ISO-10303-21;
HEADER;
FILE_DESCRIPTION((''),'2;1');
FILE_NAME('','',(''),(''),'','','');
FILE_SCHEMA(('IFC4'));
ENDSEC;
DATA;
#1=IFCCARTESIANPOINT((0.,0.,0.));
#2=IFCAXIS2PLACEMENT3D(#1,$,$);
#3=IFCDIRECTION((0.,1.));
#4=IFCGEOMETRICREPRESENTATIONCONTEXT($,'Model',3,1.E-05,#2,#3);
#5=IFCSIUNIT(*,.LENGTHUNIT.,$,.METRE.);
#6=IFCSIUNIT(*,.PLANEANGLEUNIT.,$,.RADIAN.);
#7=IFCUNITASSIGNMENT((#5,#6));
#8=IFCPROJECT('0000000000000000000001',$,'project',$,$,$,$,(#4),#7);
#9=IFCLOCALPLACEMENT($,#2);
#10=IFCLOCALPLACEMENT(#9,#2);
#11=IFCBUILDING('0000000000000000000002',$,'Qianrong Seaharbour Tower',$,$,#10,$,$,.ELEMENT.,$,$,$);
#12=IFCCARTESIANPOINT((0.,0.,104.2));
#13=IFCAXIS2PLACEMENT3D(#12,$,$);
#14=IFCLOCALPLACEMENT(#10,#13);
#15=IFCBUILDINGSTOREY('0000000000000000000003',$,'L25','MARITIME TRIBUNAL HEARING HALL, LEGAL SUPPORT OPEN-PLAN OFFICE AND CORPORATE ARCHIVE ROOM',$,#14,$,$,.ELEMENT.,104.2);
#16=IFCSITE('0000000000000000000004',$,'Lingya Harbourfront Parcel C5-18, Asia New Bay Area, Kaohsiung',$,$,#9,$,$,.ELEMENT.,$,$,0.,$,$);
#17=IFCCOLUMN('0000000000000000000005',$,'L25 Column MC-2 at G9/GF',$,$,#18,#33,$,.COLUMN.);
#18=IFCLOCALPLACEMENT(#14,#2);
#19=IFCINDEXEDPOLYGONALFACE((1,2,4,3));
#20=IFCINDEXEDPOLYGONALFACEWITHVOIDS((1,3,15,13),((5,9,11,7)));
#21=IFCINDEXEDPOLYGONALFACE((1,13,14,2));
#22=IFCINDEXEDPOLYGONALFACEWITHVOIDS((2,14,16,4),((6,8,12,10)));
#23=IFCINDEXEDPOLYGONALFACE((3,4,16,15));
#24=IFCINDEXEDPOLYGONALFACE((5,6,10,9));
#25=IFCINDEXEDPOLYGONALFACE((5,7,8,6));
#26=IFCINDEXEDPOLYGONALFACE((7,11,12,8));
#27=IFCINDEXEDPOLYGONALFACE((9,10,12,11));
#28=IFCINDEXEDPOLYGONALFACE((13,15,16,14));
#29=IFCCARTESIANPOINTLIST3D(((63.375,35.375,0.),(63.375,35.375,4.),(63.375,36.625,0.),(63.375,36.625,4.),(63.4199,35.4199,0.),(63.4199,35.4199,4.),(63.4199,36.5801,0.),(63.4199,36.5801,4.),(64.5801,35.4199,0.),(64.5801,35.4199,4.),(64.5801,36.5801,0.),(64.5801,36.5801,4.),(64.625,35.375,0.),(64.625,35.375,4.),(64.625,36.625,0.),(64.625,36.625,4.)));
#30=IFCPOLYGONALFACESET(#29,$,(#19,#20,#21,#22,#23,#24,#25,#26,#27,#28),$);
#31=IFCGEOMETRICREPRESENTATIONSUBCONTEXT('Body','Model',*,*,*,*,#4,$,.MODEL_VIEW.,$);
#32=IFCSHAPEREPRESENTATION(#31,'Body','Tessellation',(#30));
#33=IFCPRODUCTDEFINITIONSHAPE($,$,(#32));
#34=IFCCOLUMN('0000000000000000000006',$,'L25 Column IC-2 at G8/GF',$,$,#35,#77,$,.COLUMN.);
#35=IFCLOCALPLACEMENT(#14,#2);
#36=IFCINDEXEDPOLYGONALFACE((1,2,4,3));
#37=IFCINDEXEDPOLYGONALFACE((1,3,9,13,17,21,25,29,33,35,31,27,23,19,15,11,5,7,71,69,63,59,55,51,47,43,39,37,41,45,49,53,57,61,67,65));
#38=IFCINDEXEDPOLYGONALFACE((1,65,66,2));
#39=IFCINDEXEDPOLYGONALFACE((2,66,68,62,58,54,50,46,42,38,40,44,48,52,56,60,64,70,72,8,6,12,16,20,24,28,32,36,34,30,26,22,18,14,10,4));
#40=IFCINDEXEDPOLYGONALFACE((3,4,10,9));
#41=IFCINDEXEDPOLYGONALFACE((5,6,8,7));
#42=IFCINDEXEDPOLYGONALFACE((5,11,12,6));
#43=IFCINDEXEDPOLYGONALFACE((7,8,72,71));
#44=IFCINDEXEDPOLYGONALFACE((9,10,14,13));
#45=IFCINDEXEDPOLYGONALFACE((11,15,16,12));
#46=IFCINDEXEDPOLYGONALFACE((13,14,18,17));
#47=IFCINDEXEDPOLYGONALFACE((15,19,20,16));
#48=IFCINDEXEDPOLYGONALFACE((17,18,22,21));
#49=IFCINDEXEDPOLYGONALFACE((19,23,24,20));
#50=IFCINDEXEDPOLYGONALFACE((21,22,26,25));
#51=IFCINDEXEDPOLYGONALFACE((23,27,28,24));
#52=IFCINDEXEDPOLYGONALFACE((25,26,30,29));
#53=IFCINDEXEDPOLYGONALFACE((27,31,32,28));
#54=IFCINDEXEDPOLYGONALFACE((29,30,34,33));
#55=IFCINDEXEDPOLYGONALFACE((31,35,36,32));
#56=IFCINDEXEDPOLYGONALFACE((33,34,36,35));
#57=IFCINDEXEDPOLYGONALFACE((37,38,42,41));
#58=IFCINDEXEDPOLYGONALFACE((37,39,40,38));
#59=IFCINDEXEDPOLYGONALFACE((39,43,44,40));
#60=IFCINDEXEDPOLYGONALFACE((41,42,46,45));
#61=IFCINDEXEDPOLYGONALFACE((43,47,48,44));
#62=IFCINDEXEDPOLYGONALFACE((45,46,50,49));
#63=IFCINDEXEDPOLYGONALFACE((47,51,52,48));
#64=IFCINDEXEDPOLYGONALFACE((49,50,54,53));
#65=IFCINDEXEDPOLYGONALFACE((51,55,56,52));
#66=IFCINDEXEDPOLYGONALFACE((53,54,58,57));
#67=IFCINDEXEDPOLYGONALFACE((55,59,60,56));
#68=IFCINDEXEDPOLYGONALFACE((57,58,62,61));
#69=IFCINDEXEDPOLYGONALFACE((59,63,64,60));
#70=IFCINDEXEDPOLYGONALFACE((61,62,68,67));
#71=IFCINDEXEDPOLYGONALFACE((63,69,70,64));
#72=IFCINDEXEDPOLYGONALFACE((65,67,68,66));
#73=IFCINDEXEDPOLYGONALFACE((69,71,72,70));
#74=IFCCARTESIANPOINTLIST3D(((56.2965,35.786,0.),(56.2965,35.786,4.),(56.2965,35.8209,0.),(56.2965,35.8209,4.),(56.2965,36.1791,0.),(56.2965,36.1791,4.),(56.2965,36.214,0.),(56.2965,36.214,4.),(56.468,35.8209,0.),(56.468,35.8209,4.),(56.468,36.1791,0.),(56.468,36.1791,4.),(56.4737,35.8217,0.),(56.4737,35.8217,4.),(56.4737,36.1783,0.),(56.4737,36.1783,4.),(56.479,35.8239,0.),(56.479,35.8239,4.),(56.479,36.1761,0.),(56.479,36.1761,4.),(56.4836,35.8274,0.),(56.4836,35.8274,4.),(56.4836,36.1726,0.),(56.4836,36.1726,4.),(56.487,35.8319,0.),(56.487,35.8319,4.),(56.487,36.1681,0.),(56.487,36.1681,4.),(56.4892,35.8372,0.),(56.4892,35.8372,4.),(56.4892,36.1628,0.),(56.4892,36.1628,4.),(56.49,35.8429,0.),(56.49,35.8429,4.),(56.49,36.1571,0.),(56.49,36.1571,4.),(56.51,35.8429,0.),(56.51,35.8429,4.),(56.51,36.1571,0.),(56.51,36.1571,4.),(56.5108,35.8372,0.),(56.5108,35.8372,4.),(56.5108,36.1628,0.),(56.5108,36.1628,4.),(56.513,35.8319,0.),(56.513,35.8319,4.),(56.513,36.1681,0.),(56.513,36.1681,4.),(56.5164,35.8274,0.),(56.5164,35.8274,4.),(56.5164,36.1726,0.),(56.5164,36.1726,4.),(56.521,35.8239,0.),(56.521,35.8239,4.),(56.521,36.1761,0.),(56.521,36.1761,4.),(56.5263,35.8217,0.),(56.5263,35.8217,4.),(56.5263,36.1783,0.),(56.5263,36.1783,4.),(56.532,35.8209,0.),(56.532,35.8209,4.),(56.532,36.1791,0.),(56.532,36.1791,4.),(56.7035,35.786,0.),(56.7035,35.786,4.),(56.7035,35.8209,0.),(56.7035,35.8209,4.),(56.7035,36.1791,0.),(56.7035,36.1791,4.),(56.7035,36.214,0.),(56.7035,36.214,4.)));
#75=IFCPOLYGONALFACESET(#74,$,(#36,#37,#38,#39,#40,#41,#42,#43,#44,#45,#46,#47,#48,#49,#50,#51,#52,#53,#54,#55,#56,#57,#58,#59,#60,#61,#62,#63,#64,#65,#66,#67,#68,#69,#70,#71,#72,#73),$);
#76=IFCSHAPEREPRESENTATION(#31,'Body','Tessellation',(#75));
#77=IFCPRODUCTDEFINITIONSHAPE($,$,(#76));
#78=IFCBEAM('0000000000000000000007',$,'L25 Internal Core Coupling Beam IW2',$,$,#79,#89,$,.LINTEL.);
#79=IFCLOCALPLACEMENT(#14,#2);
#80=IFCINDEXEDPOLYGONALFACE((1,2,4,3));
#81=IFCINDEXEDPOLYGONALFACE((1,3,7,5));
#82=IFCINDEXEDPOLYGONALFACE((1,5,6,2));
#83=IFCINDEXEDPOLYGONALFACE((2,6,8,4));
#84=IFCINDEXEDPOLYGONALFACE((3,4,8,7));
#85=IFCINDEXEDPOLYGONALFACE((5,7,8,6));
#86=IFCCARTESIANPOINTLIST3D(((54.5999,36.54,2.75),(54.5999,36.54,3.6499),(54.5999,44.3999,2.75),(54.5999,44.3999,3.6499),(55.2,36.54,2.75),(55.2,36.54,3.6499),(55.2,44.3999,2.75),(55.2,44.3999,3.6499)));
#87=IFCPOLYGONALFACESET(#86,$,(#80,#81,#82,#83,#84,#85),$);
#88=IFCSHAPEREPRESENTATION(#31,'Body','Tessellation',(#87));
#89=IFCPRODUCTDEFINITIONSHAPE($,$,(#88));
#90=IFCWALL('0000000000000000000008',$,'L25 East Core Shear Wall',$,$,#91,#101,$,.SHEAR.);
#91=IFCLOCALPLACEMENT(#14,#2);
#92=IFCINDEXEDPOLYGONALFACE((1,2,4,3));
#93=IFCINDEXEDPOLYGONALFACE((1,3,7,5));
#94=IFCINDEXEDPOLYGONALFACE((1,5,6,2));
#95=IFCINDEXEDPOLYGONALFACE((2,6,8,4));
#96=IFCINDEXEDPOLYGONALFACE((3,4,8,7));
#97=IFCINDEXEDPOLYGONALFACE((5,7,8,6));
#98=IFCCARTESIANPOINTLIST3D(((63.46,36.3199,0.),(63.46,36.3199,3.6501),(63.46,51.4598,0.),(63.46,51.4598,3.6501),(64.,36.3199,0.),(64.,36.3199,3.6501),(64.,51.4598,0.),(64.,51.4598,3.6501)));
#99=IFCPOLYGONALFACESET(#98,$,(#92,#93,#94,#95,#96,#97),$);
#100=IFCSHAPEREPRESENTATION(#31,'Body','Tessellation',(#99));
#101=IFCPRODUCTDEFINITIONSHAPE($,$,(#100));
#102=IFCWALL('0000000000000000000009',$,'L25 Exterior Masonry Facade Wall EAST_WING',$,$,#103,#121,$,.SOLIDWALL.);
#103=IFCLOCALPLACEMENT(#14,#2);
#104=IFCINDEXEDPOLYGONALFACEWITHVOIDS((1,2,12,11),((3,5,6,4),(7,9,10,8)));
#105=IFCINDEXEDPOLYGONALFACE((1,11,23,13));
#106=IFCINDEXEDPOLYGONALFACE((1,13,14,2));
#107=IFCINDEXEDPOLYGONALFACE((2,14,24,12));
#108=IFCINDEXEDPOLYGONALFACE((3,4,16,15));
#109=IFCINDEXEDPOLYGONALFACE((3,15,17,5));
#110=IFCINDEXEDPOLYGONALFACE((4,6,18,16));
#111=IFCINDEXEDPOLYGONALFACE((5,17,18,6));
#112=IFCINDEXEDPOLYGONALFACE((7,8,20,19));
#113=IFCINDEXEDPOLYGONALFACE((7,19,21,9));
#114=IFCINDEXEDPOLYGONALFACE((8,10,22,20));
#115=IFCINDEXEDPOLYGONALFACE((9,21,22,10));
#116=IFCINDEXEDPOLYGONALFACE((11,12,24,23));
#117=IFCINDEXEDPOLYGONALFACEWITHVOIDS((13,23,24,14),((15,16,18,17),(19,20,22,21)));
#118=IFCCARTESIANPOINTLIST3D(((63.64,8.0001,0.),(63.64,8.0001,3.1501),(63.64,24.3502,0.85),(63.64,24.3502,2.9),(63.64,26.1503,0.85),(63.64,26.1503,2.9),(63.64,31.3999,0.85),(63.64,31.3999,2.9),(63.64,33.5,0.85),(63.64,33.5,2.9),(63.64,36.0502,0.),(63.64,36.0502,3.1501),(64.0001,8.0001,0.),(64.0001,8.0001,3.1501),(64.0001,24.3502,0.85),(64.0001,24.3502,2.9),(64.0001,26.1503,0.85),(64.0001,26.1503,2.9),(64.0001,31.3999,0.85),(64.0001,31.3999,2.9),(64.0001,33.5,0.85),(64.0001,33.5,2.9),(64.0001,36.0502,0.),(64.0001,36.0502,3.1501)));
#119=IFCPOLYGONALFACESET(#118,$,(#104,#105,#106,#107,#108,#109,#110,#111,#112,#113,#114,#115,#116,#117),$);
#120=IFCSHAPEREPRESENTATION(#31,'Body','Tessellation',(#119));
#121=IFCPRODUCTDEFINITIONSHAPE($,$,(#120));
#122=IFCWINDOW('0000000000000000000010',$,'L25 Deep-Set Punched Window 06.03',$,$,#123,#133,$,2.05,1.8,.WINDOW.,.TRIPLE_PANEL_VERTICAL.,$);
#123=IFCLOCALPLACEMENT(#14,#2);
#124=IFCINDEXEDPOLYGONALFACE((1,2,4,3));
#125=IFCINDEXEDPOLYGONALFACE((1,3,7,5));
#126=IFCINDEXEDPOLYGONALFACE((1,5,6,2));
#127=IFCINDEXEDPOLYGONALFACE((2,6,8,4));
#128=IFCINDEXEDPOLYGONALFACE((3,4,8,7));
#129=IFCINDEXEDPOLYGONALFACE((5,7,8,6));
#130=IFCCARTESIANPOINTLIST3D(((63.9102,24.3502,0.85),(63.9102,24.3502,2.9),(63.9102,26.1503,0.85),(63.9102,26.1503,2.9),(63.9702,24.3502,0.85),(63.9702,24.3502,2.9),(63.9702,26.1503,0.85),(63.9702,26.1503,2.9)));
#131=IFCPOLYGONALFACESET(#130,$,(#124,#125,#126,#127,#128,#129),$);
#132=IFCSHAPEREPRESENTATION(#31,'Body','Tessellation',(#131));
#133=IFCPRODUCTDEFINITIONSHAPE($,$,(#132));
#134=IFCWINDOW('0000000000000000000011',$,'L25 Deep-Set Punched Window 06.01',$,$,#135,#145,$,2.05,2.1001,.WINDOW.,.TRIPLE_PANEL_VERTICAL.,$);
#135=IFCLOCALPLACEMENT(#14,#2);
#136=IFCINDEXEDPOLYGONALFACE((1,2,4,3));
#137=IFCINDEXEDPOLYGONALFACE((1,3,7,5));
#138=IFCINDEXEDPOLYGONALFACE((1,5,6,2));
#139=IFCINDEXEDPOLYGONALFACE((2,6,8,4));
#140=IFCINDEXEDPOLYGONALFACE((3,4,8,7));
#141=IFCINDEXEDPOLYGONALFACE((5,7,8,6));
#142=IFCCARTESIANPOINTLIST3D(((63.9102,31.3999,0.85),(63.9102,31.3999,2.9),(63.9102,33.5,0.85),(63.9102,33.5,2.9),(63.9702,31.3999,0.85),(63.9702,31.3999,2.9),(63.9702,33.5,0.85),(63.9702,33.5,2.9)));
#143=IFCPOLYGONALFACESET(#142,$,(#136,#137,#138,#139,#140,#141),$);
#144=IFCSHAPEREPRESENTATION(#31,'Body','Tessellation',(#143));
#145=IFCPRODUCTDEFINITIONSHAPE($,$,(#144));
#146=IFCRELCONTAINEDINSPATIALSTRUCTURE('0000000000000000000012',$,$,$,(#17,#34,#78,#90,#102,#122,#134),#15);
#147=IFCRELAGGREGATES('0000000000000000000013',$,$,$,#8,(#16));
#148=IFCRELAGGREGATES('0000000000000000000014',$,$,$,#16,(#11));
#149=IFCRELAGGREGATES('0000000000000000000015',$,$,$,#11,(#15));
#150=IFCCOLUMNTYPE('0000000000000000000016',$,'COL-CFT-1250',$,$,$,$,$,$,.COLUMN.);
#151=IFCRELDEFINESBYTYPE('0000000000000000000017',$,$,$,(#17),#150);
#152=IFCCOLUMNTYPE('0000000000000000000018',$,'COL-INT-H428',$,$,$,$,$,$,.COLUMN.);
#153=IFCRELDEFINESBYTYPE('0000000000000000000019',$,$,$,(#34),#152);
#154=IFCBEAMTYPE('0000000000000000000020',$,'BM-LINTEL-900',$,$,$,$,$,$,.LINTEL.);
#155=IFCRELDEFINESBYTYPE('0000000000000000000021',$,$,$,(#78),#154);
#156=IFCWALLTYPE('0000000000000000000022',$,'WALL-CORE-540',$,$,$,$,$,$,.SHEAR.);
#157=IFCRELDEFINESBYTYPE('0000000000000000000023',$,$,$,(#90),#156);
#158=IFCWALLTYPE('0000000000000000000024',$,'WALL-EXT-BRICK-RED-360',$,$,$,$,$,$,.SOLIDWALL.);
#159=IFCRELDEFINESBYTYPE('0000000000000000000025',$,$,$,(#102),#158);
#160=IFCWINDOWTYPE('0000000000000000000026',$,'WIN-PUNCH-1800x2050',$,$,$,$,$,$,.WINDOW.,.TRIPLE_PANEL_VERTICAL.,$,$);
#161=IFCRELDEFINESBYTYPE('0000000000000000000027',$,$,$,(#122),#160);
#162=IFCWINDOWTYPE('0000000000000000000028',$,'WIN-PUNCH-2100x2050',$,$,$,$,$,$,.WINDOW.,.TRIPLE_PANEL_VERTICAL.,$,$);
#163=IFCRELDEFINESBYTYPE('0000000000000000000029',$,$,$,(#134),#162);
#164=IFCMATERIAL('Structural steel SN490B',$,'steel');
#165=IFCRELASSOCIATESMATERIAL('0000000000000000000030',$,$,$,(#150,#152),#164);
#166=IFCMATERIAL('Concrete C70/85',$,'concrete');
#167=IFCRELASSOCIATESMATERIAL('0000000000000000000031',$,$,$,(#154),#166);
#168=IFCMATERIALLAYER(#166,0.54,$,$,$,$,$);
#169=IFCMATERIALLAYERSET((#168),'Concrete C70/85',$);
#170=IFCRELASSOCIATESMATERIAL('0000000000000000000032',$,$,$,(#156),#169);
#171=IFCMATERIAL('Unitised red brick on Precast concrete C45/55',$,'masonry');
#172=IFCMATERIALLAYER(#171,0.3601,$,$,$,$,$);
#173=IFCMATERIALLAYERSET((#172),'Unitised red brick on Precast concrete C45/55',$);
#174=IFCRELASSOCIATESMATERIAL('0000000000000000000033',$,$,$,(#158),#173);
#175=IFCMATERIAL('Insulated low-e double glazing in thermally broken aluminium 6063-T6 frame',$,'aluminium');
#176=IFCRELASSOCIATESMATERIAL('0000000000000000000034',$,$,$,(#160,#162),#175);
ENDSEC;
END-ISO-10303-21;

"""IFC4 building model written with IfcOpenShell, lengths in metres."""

from ifc_helpers import new_model, si_unit, direction, frame, frame_2d, origin, origin_2d, place, context, subcontext, project, spatial, rectangle, hollow_rectangle, i_section, extrude, material, layer, layer_set, material_profile, profile_set, type_object, element, fill, save


model = new_model("IFC4")

# Units and contexts
model_context = context("Model", 3, precision=1e-05, world=origin(), true_north=direction((0.0, 1.0)))
body_context = subcontext(model_context, "Body", "Model", "MODEL_VIEW")
ifc_project = project(units=[si_unit("LENGTHUNIT", "METRE"), si_unit("PLANEANGLEUNIT", "RADIAN")], contexts=[model_context])

# Site, building, storey
site_placement = place(None, origin())
site = spatial("IfcSite", under=ifc_project, at=site_placement, Name="Lingya Harbourfront Parcel C5-18, Asia New Bay Area, Kaohsiung", CompositionType="ELEMENT", RefElevation=0.0)
building_placement = place(site_placement, origin())
building = spatial("IfcBuilding", under=site, at=building_placement, Name="Qianrong Seaharbour Tower", CompositionType="ELEMENT")
storey_placement = place(building_placement, frame((0.0, 0.0, 104.2)))
storey = spatial("IfcBuildingStorey", under=building, at=storey_placement, Name="L25", Description="MARITIME TRIBUNAL HEARING HALL, LEGAL SUPPORT OPEN-PLAN OFFICE AND CORPORATE ARCHIVE ROOM", CompositionType="ELEMENT", Elevation=104.2)

# Columns
ifc_material_1 = material(Name="Structural steel SN490B", Category="steel")
ifc_material_profile_1 = material_profile(ifc_material_1, hollow_rectangle(XDim=1.25, YDim=1.25, WallThickness=0.0449, at=origin_2d()), Name="BOX1250x1250x45")
ifc_profile_set_1 = profile_set([ifc_material_profile_1], Name="Structural steel SN490B")
column_type_1 = type_object("IfcColumnType", Name="COL-CFT-1250", PredefinedType="COLUMN", material=ifc_profile_set_1)
column_1_placement = place(storey_placement, frame((64.0, 36.0, 0.0), z_axis=(0.0, 0.0, 1.0), x_axis=(1.0, 0.0, 0.0)))
element("IfcColumn", 1, at=column_1_placement, inside=storey, type_object=column_type_1, Name="L25 Column MC-2 at G9/GF", PredefinedType="COLUMN", context=body_context, shape_type="SweptSolid", body=[
    extrude(hollow_rectangle(XDim=1.25, YDim=1.25, WallThickness=0.0449, at=origin_2d()), origin(), (0.0, 0.0, 1.0), 4.0),
])
ifc_material_profile_2 = material_profile(ifc_material_1, i_section(OverallWidth=0.407, OverallDepth=0.428, WebThickness=0.02, FlangeThickness=0.0349, FilletRadius=0.022, at=origin_2d()), Name="H428x407x20x35")
ifc_profile_set_2 = profile_set([ifc_material_profile_2], Name="Structural steel SN490B")
column_type_2 = type_object("IfcColumnType", Name="COL-INT-H428", PredefinedType="COLUMN", material=ifc_profile_set_2)
column_2_placement = place(storey_placement, frame((56.5, 36.0, 0.0), z_axis=(0.0, 0.0, 1.0), x_axis=(1.0, 0.0, 0.0)))
element("IfcColumn", 2, at=column_2_placement, inside=storey, type_object=column_type_2, Name="L25 Column IC-2 at G8/GF", PredefinedType="COLUMN", context=body_context, shape_type="SweptSolid", body=[
    extrude(i_section(OverallWidth=0.407, OverallDepth=0.428, WebThickness=0.02, FlangeThickness=0.0349, FilletRadius=0.022, at=origin_2d()), origin(), (0.0, 0.0, 1.0), 4.0),
])

# Beam
ifc_material_2 = material(Name="Concrete C70/85", Category="concrete")
ifc_material_profile_3 = material_profile(ifc_material_2, rectangle(XDim=0.6001, YDim=0.8999, at=origin_2d()), Name="RC600x900")
ifc_profile_set_3 = profile_set([ifc_material_profile_3], Name="Concrete C70/85")
beam_type = type_object("IfcBeamType", Name="BM-LINTEL-900", PredefinedType="LINTEL", material=ifc_profile_set_3)
beam_placement = place(storey_placement, frame((54.8999, 36.54, 3.2), z_axis=(0.0, 1.0, 0.0), x_axis=(-1.0, 0.0, 0.0)))
element("IfcBeam", 3, at=beam_placement, inside=storey, type_object=beam_type, Name="L25 Internal Core Coupling Beam IW2", PredefinedType="LINTEL", context=body_context, shape_type="SweptSolid", body=[
    extrude(rectangle(XDim=0.6001, YDim=0.8999, at=origin_2d()), origin(), (0.0, 0.0, 1.0), 7.8599),
])

# Wall
ifc_layer_1 = layer(ifc_material_2, 0.54)
ifc_layer_set_1 = layer_set([ifc_layer_1], Name="Concrete C70/85")
wall_type_1 = type_object("IfcWallType", Name="WALL-CORE-540", PredefinedType="SHEAR", material=ifc_layer_set_1)
wall_1_placement = place(storey_placement, frame((63.73, 36.3201, 0.0), z_axis=(0.0, 0.0, 1.0), x_axis=(0.0, 1.0, 0.0)))
element("IfcWall", 4, at=wall_1_placement, inside=storey, type_object=wall_type_1, Name="L25 East Core Shear Wall", PredefinedType="SHEAR", context=body_context, shape_type="SweptSolid", body=[
    extrude(rectangle(XDim=15.1399, YDim=0.54, at=frame_2d((7.5698, 0.0))), origin(), (0.0, 0.0, 1.0), 3.6501),
])

# Wall, openings, windows
ifc_material_3 = material(Name="Unitised red brick on Precast concrete C45/55", Category="masonry")
ifc_layer_2 = layer(ifc_material_3, 0.3601)
ifc_layer_set_2 = layer_set([ifc_layer_2], Name="Unitised red brick on Precast concrete C45/55")
wall_type_2 = type_object("IfcWallType", Name="WALL-EXT-BRICK-RED-360", PredefinedType="SOLIDWALL", material=ifc_layer_set_2)
wall_2_placement = place(storey_placement, frame((63.8201, 36.05, 0.0), z_axis=(0.0, 0.0, 1.0), x_axis=(0.0, -1.0, 0.0)))
wall_2 = element("IfcWall", 5, at=wall_2_placement, inside=storey, type_object=wall_type_2, Name="L25 Exterior Masonry Facade Wall EAST_WING", PredefinedType="SOLIDWALL", context=body_context, shape_type="SweptSolid", body=[
    extrude(rectangle(XDim=28.05, YDim=0.3601, at=frame_2d((14.0249, 0.0))), origin(), (0.0, 0.0, 1.0), 3.1501),
])
opening_1_placement = place(wall_2_placement, frame((2.55, 0.0, 0.8501)))
opening_1 = element("IfcOpeningElement", 6, at=opening_1_placement, cuts=wall_2, PredefinedType="OPENING", context=body_context, shape_type="SweptSolid", body=[
    extrude(rectangle(XDim=2.1001, YDim=2.05, at=frame_2d((1.05, 1.0249))), frame((0.0, 0.1899, 0.0), z_axis=(0.0, -1.0, 0.0), x_axis=(1.0, 0.0, 0.0)), (0.0, 0.0, 1.0), 0.3801),
])
opening_2_placement = place(wall_2_placement, frame((9.8999, 0.0, 0.8501)))
opening_2 = element("IfcOpeningElement", 7, at=opening_2_placement, cuts=wall_2, PredefinedType="OPENING", context=body_context, shape_type="SweptSolid", body=[
    extrude(rectangle(XDim=1.8, YDim=2.05, at=frame_2d((0.8999, 1.0249))), frame((0.0, 0.1899, 0.0), z_axis=(0.0, -1.0, 0.0), x_axis=(1.0, 0.0, 0.0)), (0.0, 0.0, 1.0), 0.3801),
])
ifc_material_4 = material(Name="Insulated low-e double glazing in thermally broken aluminium 6063-T6 frame", Category="aluminium")
window_type_1 = type_object("IfcWindowType", Name="WIN-PUNCH-1800x2050", PartitioningType="TRIPLE_PANEL_VERTICAL", PredefinedType="WINDOW", material=ifc_material_4)
window_1_placement = place(opening_2_placement, origin())
window_1 = element("IfcWindow", 8, at=window_1_placement, inside=storey, type_object=window_type_1, Name="L25 Deep-Set Punched Window 06.03", OverallHeight=2.05, OverallWidth=1.8, PartitioningType="TRIPLE_PANEL_VERTICAL", PredefinedType="WINDOW", context=body_context, shape_type="SweptSolid", body=[
    extrude(rectangle(XDim=1.8, YDim=2.05, at=frame_2d((0.8999, 1.0249))), frame((0.0, 0.1501, 0.0), z_axis=(0.0, -1.0, 0.0), x_axis=(1.0, 0.0, 0.0)), (0.0, 0.0, 1.0), 0.0601),
])
fill(opening_2, window_1)
window_type_2 = type_object("IfcWindowType", Name="WIN-PUNCH-2100x2050", PartitioningType="TRIPLE_PANEL_VERTICAL", PredefinedType="WINDOW", material=ifc_material_4)
window_2_placement = place(opening_1_placement, origin())
window_2 = element("IfcWindow", 9, at=window_2_placement, inside=storey, type_object=window_type_2, Name="L25 Deep-Set Punched Window 06.01", OverallHeight=2.05, OverallWidth=2.1001, PartitioningType="TRIPLE_PANEL_VERTICAL", PredefinedType="WINDOW", context=body_context, shape_type="SweptSolid", body=[
    extrude(rectangle(XDim=2.1001, YDim=2.05, at=frame_2d((1.05, 1.0249))), frame((0.0, 0.1501, 0.0), z_axis=(0.0, -1.0, 0.0), x_axis=(1.0, 0.0, 0.0)), (0.0, 0.0, 1.0), 0.0601),
])
fill(opening_1, window_2)

save(model, "model.ifc")
